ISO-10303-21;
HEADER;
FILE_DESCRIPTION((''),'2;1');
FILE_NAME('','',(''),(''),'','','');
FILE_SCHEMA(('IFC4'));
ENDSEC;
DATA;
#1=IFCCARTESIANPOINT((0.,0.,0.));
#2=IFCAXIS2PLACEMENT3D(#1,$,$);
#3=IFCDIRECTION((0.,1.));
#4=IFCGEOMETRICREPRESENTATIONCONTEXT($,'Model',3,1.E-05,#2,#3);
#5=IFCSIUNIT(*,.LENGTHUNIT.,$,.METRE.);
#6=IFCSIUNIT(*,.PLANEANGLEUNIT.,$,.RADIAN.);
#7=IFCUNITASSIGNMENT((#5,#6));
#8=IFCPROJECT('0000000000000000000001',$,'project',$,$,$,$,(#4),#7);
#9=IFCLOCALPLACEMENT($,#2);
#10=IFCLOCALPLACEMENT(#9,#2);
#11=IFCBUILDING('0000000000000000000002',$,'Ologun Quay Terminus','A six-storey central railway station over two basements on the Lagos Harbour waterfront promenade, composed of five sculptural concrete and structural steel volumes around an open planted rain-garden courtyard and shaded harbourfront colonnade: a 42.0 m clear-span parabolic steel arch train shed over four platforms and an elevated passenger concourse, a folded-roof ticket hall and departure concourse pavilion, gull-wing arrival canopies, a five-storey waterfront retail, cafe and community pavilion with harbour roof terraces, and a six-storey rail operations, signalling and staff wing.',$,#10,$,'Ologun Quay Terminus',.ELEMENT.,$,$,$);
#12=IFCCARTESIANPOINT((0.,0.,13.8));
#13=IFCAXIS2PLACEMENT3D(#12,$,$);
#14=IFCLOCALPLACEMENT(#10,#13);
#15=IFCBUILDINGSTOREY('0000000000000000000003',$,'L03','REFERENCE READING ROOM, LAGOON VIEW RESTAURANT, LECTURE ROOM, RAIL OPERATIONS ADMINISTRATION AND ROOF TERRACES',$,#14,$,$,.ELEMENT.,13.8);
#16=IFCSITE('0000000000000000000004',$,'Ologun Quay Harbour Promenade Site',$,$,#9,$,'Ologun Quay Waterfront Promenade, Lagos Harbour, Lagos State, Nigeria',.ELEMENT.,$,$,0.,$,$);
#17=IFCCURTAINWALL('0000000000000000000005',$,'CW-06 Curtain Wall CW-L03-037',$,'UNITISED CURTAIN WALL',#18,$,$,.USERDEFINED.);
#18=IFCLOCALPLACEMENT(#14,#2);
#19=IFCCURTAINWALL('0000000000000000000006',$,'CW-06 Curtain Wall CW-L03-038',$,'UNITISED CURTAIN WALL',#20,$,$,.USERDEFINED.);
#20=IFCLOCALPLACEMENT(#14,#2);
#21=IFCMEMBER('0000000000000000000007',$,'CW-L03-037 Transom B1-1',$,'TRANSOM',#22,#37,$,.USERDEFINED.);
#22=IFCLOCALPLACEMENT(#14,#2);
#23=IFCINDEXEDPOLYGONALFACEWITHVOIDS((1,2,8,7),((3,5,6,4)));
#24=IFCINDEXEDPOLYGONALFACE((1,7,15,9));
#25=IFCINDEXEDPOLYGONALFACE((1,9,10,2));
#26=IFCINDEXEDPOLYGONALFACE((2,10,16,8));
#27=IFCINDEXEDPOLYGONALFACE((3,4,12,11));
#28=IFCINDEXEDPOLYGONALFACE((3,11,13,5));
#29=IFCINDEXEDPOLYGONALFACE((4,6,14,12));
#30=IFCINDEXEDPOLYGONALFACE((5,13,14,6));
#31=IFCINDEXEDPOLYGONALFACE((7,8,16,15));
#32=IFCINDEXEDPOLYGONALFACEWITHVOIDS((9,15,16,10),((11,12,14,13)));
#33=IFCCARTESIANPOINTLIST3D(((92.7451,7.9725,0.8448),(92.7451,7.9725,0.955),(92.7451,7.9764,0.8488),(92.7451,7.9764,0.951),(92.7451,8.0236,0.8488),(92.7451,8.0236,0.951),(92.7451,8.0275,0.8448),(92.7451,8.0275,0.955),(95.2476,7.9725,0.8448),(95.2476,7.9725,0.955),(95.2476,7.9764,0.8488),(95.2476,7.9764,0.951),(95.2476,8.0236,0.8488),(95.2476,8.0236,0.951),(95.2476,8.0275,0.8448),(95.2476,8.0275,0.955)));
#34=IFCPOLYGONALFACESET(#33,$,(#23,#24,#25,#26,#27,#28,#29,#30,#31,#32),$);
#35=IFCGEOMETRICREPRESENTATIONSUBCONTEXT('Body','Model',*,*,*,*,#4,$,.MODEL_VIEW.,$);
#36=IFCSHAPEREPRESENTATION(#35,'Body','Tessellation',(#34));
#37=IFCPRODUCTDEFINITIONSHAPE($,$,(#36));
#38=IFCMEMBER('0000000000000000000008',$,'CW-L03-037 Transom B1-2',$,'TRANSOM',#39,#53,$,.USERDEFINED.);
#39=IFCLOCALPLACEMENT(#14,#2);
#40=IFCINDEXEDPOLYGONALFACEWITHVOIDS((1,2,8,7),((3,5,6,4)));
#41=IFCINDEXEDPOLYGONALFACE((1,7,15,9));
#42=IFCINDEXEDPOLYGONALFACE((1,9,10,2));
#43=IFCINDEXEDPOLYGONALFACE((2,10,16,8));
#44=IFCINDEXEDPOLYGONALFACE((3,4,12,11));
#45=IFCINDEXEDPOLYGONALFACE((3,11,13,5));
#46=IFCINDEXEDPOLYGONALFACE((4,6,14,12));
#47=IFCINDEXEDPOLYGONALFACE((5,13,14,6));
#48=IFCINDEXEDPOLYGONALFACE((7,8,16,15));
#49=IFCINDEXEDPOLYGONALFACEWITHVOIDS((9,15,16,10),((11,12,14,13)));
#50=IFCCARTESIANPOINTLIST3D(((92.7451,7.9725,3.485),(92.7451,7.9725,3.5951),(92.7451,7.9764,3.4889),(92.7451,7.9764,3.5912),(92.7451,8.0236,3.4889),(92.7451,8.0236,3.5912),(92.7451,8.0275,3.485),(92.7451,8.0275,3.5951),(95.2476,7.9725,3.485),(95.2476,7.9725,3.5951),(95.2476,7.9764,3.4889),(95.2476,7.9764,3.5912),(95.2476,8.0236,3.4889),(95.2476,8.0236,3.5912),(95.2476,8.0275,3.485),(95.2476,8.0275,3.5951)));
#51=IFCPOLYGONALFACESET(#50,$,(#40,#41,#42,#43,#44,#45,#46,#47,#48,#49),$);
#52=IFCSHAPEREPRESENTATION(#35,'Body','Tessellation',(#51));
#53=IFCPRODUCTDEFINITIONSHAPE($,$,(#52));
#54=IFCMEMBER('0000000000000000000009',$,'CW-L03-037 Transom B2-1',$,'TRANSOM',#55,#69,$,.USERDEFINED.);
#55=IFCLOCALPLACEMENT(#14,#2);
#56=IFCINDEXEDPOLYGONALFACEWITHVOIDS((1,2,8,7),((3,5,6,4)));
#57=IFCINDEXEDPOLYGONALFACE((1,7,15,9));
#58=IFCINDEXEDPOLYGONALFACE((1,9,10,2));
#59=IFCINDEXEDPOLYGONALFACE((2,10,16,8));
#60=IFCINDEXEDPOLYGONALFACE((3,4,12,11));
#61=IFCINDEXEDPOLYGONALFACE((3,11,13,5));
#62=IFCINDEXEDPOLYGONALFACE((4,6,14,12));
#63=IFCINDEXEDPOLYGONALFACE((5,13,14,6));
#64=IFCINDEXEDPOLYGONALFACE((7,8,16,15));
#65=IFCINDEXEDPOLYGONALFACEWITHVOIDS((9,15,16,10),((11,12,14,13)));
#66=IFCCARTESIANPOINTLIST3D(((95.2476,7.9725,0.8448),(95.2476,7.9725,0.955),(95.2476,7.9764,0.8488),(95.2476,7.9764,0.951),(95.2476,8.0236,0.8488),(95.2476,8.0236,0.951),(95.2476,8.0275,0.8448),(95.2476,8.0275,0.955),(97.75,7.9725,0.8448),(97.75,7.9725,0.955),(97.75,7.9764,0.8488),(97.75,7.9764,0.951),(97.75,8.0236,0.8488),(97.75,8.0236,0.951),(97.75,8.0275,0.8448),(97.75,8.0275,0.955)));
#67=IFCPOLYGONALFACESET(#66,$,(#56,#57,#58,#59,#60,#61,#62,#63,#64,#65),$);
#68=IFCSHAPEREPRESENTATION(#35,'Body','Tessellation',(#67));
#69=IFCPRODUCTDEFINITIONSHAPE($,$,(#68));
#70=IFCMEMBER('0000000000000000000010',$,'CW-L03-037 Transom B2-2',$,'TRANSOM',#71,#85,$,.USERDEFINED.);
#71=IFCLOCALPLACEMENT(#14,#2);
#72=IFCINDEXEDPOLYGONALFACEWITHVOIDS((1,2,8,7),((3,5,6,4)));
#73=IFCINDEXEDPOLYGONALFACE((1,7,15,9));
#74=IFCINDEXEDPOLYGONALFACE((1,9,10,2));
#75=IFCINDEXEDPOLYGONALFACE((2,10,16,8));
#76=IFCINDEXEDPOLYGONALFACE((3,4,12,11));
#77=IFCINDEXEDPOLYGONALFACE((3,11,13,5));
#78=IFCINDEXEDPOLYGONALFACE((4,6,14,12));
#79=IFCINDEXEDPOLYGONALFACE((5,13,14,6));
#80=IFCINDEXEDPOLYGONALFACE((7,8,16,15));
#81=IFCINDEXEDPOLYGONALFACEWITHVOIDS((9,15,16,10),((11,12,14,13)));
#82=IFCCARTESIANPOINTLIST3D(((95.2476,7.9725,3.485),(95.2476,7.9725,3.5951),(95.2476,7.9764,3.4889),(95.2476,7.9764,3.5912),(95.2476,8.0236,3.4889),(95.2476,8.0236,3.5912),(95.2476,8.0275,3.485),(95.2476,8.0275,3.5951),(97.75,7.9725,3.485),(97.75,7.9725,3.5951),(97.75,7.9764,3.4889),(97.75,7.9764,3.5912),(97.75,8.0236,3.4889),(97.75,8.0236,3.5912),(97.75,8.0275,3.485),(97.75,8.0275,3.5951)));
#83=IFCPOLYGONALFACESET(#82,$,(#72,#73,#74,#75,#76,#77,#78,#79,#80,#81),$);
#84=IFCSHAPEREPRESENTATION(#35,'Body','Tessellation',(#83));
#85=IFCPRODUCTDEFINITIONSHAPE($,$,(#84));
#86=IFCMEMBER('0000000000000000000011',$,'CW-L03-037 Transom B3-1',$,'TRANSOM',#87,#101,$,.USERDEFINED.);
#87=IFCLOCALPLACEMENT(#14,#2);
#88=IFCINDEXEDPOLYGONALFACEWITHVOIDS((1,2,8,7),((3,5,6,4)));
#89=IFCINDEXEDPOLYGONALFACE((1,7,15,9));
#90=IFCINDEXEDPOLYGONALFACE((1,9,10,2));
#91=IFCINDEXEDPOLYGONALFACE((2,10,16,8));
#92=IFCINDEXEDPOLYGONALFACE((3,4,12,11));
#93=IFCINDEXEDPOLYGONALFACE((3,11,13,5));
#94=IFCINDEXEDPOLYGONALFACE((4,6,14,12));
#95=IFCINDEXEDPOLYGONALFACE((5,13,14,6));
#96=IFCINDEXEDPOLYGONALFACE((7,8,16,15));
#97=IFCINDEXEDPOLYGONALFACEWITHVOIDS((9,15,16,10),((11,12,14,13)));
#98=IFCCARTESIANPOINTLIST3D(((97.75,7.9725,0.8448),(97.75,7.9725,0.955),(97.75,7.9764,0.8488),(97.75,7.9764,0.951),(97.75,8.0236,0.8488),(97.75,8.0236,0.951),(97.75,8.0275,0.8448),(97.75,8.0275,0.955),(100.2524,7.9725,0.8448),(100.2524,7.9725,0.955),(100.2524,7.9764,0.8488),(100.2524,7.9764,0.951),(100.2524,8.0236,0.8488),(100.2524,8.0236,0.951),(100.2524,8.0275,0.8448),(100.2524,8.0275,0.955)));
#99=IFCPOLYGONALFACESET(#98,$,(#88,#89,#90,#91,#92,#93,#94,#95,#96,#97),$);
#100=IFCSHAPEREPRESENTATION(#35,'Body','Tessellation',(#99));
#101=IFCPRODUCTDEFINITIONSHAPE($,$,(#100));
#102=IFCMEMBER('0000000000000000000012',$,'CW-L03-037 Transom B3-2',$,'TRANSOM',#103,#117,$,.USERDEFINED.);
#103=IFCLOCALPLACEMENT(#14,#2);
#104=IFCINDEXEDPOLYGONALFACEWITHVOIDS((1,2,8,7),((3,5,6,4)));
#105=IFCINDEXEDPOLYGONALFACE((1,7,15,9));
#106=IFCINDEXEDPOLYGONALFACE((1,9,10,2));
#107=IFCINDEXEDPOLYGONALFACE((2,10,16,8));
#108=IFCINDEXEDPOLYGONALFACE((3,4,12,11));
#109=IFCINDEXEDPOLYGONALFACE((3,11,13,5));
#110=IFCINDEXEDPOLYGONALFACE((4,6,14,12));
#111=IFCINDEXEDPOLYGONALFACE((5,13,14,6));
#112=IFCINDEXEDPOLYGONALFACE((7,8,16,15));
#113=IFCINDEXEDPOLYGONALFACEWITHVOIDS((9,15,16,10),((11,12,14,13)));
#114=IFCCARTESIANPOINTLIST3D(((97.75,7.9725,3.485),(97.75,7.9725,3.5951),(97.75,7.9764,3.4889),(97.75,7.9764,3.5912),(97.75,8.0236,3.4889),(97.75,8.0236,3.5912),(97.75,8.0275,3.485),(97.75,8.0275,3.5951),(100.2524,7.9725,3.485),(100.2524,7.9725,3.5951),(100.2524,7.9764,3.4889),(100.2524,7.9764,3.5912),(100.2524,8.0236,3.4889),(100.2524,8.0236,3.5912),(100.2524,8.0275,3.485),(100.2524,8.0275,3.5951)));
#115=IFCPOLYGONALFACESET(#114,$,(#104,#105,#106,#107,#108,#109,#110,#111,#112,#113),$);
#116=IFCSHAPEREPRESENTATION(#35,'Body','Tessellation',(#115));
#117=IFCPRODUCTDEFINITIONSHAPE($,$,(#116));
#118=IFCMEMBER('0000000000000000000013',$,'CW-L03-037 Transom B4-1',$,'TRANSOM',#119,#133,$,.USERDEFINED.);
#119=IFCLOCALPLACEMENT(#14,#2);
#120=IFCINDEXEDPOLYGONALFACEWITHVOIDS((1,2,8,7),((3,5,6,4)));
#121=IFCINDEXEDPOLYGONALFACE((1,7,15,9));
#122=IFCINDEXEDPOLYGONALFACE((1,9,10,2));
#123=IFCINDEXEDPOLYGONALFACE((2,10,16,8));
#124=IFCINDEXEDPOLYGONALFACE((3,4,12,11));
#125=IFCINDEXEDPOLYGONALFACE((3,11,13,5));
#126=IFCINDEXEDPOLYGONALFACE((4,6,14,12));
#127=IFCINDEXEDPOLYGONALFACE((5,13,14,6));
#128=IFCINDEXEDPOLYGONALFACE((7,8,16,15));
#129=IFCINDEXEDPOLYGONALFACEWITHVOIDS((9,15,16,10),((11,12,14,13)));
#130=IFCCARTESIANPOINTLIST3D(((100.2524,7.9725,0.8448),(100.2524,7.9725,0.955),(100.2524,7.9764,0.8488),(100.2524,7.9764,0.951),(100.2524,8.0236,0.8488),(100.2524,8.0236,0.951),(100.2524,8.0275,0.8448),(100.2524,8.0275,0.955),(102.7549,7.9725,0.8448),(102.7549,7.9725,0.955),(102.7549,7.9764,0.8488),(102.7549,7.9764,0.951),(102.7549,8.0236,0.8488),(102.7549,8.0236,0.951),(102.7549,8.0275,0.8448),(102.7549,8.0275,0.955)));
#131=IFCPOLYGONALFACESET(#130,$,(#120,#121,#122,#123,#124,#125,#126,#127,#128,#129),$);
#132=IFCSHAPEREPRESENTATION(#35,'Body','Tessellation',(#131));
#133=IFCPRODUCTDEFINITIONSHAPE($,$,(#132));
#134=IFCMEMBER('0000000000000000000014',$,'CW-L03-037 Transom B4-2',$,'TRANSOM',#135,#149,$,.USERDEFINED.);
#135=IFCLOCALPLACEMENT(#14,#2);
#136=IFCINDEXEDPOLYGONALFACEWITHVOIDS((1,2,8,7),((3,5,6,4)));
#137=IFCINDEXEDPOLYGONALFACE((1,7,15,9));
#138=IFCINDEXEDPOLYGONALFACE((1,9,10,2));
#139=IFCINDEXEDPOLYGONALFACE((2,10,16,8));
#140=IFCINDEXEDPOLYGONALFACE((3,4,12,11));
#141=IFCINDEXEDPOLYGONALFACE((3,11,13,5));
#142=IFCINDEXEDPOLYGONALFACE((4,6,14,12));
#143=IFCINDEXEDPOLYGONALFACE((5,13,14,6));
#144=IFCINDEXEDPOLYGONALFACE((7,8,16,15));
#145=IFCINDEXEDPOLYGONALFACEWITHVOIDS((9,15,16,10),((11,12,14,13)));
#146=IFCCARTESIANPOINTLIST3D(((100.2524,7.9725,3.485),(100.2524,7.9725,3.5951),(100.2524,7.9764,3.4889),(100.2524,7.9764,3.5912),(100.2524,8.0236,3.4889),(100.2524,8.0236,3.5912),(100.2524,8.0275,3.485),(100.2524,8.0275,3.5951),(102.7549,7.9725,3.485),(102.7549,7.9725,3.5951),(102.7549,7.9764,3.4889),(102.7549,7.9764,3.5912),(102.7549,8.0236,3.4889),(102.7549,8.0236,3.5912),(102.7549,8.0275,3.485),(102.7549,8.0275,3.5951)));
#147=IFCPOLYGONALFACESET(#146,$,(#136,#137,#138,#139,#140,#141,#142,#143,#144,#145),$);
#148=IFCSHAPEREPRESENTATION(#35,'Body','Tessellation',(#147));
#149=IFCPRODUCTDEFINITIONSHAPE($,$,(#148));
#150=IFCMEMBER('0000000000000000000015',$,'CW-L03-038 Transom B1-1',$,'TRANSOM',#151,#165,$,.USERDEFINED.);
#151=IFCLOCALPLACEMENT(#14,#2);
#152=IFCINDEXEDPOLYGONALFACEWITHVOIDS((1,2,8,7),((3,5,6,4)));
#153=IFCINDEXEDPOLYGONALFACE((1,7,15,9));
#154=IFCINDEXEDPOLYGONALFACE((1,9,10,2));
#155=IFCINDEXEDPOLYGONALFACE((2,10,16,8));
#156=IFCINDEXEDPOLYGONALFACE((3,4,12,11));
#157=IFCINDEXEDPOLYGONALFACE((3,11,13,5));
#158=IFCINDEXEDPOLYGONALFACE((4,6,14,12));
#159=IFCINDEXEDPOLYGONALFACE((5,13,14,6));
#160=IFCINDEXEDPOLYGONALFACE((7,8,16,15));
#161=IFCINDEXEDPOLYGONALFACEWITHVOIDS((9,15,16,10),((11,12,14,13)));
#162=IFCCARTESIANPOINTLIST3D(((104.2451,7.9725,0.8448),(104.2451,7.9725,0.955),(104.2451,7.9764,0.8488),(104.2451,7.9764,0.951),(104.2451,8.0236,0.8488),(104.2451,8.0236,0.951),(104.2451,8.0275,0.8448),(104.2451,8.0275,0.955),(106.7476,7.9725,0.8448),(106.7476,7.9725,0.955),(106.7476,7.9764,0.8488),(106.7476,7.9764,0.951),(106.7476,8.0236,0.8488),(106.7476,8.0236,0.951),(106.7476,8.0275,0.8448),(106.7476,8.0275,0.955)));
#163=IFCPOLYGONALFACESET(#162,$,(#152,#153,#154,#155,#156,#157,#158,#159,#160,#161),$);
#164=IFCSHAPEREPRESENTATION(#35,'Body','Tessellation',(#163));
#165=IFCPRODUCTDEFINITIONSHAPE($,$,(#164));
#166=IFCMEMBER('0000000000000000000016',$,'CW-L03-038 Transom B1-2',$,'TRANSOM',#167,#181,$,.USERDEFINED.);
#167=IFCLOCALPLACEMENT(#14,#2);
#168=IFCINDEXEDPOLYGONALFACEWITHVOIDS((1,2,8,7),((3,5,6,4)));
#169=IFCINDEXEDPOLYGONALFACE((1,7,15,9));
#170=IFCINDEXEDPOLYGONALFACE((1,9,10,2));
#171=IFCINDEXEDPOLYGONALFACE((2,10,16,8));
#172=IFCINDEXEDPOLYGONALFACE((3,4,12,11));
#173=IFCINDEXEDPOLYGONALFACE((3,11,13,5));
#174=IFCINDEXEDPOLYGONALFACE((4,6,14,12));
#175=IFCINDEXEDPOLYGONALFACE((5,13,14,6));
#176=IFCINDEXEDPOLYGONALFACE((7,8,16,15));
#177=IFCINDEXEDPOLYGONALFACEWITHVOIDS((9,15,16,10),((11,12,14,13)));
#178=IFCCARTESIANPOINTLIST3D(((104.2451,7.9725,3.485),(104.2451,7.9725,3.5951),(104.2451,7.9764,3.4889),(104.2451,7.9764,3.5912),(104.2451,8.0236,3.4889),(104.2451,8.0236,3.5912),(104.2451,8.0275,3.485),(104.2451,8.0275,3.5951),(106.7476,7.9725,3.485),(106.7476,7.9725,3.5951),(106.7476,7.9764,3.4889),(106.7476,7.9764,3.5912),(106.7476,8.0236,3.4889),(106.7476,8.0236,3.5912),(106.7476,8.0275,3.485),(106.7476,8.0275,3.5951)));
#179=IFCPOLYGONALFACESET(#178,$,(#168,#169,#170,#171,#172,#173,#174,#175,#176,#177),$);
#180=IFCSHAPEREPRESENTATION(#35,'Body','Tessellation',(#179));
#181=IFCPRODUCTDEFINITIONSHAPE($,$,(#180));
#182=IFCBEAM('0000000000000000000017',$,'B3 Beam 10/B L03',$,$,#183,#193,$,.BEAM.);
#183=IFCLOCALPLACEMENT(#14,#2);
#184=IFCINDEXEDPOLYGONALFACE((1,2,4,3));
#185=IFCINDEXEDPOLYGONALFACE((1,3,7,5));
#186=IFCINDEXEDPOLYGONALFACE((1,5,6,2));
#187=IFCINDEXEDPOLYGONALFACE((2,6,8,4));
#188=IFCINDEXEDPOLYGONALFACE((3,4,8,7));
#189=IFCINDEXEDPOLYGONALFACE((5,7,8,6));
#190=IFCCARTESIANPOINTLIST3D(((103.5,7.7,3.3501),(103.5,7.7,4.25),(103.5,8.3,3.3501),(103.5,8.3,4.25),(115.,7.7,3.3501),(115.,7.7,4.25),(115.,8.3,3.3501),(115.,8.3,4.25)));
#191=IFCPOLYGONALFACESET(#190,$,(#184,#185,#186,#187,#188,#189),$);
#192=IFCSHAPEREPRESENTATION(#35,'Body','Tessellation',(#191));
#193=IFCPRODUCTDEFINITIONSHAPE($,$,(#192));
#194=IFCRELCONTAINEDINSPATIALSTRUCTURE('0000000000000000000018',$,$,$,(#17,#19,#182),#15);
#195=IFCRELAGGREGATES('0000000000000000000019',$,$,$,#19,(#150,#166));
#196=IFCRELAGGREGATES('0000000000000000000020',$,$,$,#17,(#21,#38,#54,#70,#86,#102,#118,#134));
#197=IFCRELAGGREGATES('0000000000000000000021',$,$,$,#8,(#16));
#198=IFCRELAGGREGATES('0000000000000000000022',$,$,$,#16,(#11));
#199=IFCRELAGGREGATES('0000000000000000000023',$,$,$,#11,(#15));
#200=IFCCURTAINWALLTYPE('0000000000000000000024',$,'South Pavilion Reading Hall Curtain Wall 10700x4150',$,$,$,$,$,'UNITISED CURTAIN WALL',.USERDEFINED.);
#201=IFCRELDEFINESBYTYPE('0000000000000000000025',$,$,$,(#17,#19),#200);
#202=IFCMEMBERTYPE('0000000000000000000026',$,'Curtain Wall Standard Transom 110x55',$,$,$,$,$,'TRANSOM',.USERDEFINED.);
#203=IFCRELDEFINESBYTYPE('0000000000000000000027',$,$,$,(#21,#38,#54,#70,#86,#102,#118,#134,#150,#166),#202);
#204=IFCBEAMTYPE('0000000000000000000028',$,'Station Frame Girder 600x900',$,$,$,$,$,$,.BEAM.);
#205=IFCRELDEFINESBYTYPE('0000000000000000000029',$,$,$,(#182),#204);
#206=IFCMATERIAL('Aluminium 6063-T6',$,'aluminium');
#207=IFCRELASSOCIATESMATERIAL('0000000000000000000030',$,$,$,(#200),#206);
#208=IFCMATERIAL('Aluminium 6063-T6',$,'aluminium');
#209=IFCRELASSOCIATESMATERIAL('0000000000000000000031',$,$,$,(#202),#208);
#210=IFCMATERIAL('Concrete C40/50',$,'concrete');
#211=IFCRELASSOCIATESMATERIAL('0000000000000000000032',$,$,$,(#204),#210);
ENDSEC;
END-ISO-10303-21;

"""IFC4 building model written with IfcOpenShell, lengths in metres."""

from ifc_helpers import new_model, si_unit, direction, frame, origin, origin_2d, place, context, subcontext, project, spatial, rectangle, hollow_rectangle, extrude, material, material_profile, profile_set, type_object, element, aggregate, save


model = new_model("IFC4")

# Units and contexts
model_context = context("Model", 3, precision=1e-05, world=origin(), true_north=direction((0.0, 1.0)))
body_context = subcontext(model_context, "Body", "Model", "MODEL_VIEW")
ifc_project = project(units=[si_unit("LENGTHUNIT", "METRE"), si_unit("PLANEANGLEUNIT", "RADIAN")], contexts=[model_context])

# Site, building, storey
site_placement = place(None, origin())
site = spatial("IfcSite", under=ifc_project, at=site_placement, Name="Ologun Quay Harbour Promenade Site", LongName="Ologun Quay Waterfront Promenade, Lagos Harbour, Lagos State, Nigeria", CompositionType="ELEMENT", RefElevation=0.0)
building_placement = place(site_placement, origin())
building = spatial("IfcBuilding", under=site, at=building_placement, Name="Ologun Quay Terminus", Description="A six-storey central railway station over two basements on the Lagos Harbour waterfront promenade, composed of five sculptural concrete and structural steel volumes around an open planted rain-garden courtyard and shaded harbourfront colonnade: a 42.0 m clear-span parabolic steel arch train shed over four platforms and an elevated passenger concourse, a folded-roof ticket hall and departure concourse pavilion, gull-wing arrival canopies, a five-storey waterfront retail, cafe and community pavilion with harbour roof terraces, and a six-storey rail operations, signalling and staff wing.", LongName="Ologun Quay Terminus", CompositionType="ELEMENT")
storey_placement = place(building_placement, frame((0.0, 0.0, 13.8)))
storey = spatial("IfcBuildingStorey", under=building, at=storey_placement, Name="L03", Description="REFERENCE READING ROOM, LAGOON VIEW RESTAURANT, LECTURE ROOM, RAIL OPERATIONS ADMINISTRATION AND ROOF TERRACES", CompositionType="ELEMENT", Elevation=13.8)

# Curtain wall
ifc_material_1 = material(Name="Aluminium 6063-T6", Category="aluminium")
curtain_wall_type = type_object("IfcCurtainWallType", Name="South Pavilion Reading Hall Curtain Wall 10700x4150", ElementType="UNITISED CURTAIN WALL", PredefinedType="USERDEFINED", material=ifc_material_1)
curtain_wall_1_placement = place(storey_placement, origin())
curtain_wall_1 = element("IfcCurtainWall", 1, at=curtain_wall_1_placement, inside=storey, type_object=curtain_wall_type, Name="CW-06 Curtain Wall CW-L03-037", ObjectType="UNITISED CURTAIN WALL", PredefinedType="USERDEFINED")

# Curtain wall
curtain_wall_2_placement = place(storey_placement, origin())
curtain_wall_2 = element("IfcCurtainWall", 2, at=curtain_wall_2_placement, inside=storey, type_object=curtain_wall_type, Name="CW-06 Curtain Wall CW-L03-038", ObjectType="UNITISED CURTAIN WALL", PredefinedType="USERDEFINED")

# Members
ifc_material_2 = material(Name="Aluminium 6063-T6", Category="aluminium")
ifc_material_profile_1 = material_profile(ifc_material_2, hollow_rectangle(XDim=0.0549, YDim=0.1101, WallThickness=0.0039, at=origin_2d()), Name="ALU 110x55x4")
ifc_profile_set_1 = profile_set([ifc_material_profile_1], Name="Aluminium 6063-T6")
member_type_1 = type_object("IfcMemberType", Name="Curtain Wall Standard Transom 110x55", ElementType="TRANSOM", PredefinedType="USERDEFINED", material=ifc_profile_set_1)
member_1_placement = place(storey_placement, frame((92.7451, 8.0, 0.8999), z_axis=(1.0, 0.0, 0.0), x_axis=(0.0, 1.0, 0.0)))
member_1 = element("IfcMember", 3, at=member_1_placement, type_object=member_type_1, Name="CW-L03-037 Transom B1-1", ObjectType="TRANSOM", PredefinedType="USERDEFINED", context=body_context, shape_type="SweptSolid", body=[
    extrude(hollow_rectangle(XDim=0.0549, YDim=0.1101, WallThickness=0.0039, at=origin_2d()), origin(), (0.0, 0.0, 1.0), 2.5024),
])
member_2_placement = place(storey_placement, frame((92.7451, 8.0, 3.54), z_axis=(1.0, 0.0, 0.0), x_axis=(0.0, 1.0, 0.0)))
member_2 = element("IfcMember", 4, at=member_2_placement, type_object=member_type_1, Name="CW-L03-037 Transom B1-2", ObjectType="TRANSOM", PredefinedType="USERDEFINED", context=body_context, shape_type="SweptSolid", body=[
    extrude(hollow_rectangle(XDim=0.0549, YDim=0.1101, WallThickness=0.0039, at=origin_2d()), origin(), (0.0, 0.0, 1.0), 2.5024),
])
member_3_placement = place(storey_placement, frame((95.2476, 8.0, 0.8999), z_axis=(1.0, 0.0, 0.0), x_axis=(0.0, 1.0, 0.0)))
member_3 = element("IfcMember", 5, at=member_3_placement, type_object=member_type_1, Name="CW-L03-037 Transom B2-1", ObjectType="TRANSOM", PredefinedType="USERDEFINED", context=body_context, shape_type="SweptSolid", body=[
    extrude(hollow_rectangle(XDim=0.0549, YDim=0.1101, WallThickness=0.0039, at=origin_2d()), origin(), (0.0, 0.0, 1.0), 2.5024),
])
member_4_placement = place(storey_placement, frame((95.2476, 8.0, 3.54), z_axis=(1.0, 0.0, 0.0), x_axis=(0.0, 1.0, 0.0)))
member_4 = element("IfcMember", 6, at=member_4_placement, type_object=member_type_1, Name="CW-L03-037 Transom B2-2", ObjectType="TRANSOM", PredefinedType="USERDEFINED", context=body_context, shape_type="SweptSolid", body=[
    extrude(hollow_rectangle(XDim=0.0549, YDim=0.1101, WallThickness=0.0039, at=origin_2d()), origin(), (0.0, 0.0, 1.0), 2.5024),
])
member_5_placement = place(storey_placement, frame((97.75, 8.0, 0.8999), z_axis=(1.0, 0.0, 0.0), x_axis=(0.0, 1.0, 0.0)))
member_5 = element("IfcMember", 7, at=member_5_placement, type_object=member_type_1, Name="CW-L03-037 Transom B3-1", ObjectType="TRANSOM", PredefinedType="USERDEFINED", context=body_context, shape_type="SweptSolid", body=[
    extrude(hollow_rectangle(XDim=0.0549, YDim=0.1101, WallThickness=0.0039, at=origin_2d()), origin(), (0.0, 0.0, 1.0), 2.5024),
])
member_6_placement = place(storey_placement, frame((97.75, 8.0, 3.54), z_axis=(1.0, 0.0, 0.0), x_axis=(0.0, 1.0, 0.0)))
member_6 = element("IfcMember", 8, at=member_6_placement, type_object=member_type_1, Name="CW-L03-037 Transom B3-2", ObjectType="TRANSOM", PredefinedType="USERDEFINED", context=body_context, shape_type="SweptSolid", body=[
    extrude(hollow_rectangle(XDim=0.0549, YDim=0.1101, WallThickness=0.0039, at=origin_2d()), origin(), (0.0, 0.0, 1.0), 2.5024),
])
member_7_placement = place(storey_placement, frame((100.2524, 8.0, 0.8999), z_axis=(1.0, 0.0, 0.0), x_axis=(0.0, 1.0, 0.0)))
member_7 = element("IfcMember", 9, at=member_7_placement, type_object=member_type_1, Name="CW-L03-037 Transom B4-1", ObjectType="TRANSOM", PredefinedType="USERDEFINED", context=body_context, shape_type="SweptSolid", body=[
    extrude(hollow_rectangle(XDim=0.0549, YDim=0.1101, WallThickness=0.0039, at=origin_2d()), origin(), (0.0, 0.0, 1.0), 2.5024),
])
member_8_placement = place(storey_placement, frame((100.2524, 8.0, 3.54), z_axis=(1.0, 0.0, 0.0), x_axis=(0.0, 1.0, 0.0)))
member_8 = element("IfcMember", 10, at=member_8_placement, type_object=member_type_1, Name="CW-L03-037 Transom B4-2", ObjectType="TRANSOM", PredefinedType="USERDEFINED", context=body_context, shape_type="SweptSolid", body=[
    extrude(hollow_rectangle(XDim=0.0549, YDim=0.1101, WallThickness=0.0039, at=origin_2d()), origin(), (0.0, 0.0, 1.0), 2.5024),
])
member_9_placement = place(storey_placement, frame((104.2451, 8.0, 0.8999), z_axis=(1.0, 0.0, 0.0), x_axis=(0.0, 1.0, 0.0)))
member_9 = element("IfcMember", 11, at=member_9_placement, type_object=member_type_1, Name="CW-L03-038 Transom B1-1", ObjectType="TRANSOM", PredefinedType="USERDEFINED", context=body_context, shape_type="SweptSolid", body=[
    extrude(hollow_rectangle(XDim=0.0549, YDim=0.1101, WallThickness=0.0039, at=origin_2d()), origin(), (0.0, 0.0, 1.0), 2.5024),
])
member_10_placement = place(storey_placement, frame((104.2451, 8.0, 3.54), z_axis=(1.0, 0.0, 0.0), x_axis=(0.0, 1.0, 0.0)))
member_10 = element("IfcMember", 12, at=member_10_placement, type_object=member_type_1, Name="CW-L03-038 Transom B1-2", ObjectType="TRANSOM", PredefinedType="USERDEFINED", context=body_context, shape_type="SweptSolid", body=[
    extrude(hollow_rectangle(XDim=0.0549, YDim=0.1101, WallThickness=0.0039, at=origin_2d()), origin(), (0.0, 0.0, 1.0), 2.5024),
])

# Beam
ifc_material_3 = material(Name="Concrete C40/50", Category="concrete")
ifc_material_profile_2 = material_profile(ifc_material_3, rectangle(XDim=0.6001, YDim=0.8999, at=origin_2d()), Name="RC 600x900")
ifc_profile_set_2 = profile_set([ifc_material_profile_2], Name="Concrete C40/50")
beam_type_1 = type_object("IfcBeamType", Name="Station Frame Girder 600x900", PredefinedType="BEAM", material=ifc_profile_set_2)
for number, where, z_axis, x_axis, name in (
    (13, (103.5, 8.0, 3.8), (1.0, 0.0, 0.0), (0.0, 1.0, 0.0), "B3 Beam 10/B L03"),
):
    element("IfcBeam", number, at=place(storey_placement, frame(where, z_axis=z_axis, x_axis=x_axis)), inside=storey, type_object=beam_type_1, Name=name, PredefinedType="BEAM", context=body_context, shape_type="SweptSolid", body=[
        extrude(rectangle(XDim=0.6001, YDim=0.8999, at=origin_2d()), origin(), (0.0, 0.0, 1.0), 11.5),
    ])

aggregate(curtain_wall_2, [member_9, member_10])
aggregate(curtain_wall_1, [member_1, member_2, member_3, member_4, member_5, member_6, member_7, member_8])

save(model, "model.ifc")
